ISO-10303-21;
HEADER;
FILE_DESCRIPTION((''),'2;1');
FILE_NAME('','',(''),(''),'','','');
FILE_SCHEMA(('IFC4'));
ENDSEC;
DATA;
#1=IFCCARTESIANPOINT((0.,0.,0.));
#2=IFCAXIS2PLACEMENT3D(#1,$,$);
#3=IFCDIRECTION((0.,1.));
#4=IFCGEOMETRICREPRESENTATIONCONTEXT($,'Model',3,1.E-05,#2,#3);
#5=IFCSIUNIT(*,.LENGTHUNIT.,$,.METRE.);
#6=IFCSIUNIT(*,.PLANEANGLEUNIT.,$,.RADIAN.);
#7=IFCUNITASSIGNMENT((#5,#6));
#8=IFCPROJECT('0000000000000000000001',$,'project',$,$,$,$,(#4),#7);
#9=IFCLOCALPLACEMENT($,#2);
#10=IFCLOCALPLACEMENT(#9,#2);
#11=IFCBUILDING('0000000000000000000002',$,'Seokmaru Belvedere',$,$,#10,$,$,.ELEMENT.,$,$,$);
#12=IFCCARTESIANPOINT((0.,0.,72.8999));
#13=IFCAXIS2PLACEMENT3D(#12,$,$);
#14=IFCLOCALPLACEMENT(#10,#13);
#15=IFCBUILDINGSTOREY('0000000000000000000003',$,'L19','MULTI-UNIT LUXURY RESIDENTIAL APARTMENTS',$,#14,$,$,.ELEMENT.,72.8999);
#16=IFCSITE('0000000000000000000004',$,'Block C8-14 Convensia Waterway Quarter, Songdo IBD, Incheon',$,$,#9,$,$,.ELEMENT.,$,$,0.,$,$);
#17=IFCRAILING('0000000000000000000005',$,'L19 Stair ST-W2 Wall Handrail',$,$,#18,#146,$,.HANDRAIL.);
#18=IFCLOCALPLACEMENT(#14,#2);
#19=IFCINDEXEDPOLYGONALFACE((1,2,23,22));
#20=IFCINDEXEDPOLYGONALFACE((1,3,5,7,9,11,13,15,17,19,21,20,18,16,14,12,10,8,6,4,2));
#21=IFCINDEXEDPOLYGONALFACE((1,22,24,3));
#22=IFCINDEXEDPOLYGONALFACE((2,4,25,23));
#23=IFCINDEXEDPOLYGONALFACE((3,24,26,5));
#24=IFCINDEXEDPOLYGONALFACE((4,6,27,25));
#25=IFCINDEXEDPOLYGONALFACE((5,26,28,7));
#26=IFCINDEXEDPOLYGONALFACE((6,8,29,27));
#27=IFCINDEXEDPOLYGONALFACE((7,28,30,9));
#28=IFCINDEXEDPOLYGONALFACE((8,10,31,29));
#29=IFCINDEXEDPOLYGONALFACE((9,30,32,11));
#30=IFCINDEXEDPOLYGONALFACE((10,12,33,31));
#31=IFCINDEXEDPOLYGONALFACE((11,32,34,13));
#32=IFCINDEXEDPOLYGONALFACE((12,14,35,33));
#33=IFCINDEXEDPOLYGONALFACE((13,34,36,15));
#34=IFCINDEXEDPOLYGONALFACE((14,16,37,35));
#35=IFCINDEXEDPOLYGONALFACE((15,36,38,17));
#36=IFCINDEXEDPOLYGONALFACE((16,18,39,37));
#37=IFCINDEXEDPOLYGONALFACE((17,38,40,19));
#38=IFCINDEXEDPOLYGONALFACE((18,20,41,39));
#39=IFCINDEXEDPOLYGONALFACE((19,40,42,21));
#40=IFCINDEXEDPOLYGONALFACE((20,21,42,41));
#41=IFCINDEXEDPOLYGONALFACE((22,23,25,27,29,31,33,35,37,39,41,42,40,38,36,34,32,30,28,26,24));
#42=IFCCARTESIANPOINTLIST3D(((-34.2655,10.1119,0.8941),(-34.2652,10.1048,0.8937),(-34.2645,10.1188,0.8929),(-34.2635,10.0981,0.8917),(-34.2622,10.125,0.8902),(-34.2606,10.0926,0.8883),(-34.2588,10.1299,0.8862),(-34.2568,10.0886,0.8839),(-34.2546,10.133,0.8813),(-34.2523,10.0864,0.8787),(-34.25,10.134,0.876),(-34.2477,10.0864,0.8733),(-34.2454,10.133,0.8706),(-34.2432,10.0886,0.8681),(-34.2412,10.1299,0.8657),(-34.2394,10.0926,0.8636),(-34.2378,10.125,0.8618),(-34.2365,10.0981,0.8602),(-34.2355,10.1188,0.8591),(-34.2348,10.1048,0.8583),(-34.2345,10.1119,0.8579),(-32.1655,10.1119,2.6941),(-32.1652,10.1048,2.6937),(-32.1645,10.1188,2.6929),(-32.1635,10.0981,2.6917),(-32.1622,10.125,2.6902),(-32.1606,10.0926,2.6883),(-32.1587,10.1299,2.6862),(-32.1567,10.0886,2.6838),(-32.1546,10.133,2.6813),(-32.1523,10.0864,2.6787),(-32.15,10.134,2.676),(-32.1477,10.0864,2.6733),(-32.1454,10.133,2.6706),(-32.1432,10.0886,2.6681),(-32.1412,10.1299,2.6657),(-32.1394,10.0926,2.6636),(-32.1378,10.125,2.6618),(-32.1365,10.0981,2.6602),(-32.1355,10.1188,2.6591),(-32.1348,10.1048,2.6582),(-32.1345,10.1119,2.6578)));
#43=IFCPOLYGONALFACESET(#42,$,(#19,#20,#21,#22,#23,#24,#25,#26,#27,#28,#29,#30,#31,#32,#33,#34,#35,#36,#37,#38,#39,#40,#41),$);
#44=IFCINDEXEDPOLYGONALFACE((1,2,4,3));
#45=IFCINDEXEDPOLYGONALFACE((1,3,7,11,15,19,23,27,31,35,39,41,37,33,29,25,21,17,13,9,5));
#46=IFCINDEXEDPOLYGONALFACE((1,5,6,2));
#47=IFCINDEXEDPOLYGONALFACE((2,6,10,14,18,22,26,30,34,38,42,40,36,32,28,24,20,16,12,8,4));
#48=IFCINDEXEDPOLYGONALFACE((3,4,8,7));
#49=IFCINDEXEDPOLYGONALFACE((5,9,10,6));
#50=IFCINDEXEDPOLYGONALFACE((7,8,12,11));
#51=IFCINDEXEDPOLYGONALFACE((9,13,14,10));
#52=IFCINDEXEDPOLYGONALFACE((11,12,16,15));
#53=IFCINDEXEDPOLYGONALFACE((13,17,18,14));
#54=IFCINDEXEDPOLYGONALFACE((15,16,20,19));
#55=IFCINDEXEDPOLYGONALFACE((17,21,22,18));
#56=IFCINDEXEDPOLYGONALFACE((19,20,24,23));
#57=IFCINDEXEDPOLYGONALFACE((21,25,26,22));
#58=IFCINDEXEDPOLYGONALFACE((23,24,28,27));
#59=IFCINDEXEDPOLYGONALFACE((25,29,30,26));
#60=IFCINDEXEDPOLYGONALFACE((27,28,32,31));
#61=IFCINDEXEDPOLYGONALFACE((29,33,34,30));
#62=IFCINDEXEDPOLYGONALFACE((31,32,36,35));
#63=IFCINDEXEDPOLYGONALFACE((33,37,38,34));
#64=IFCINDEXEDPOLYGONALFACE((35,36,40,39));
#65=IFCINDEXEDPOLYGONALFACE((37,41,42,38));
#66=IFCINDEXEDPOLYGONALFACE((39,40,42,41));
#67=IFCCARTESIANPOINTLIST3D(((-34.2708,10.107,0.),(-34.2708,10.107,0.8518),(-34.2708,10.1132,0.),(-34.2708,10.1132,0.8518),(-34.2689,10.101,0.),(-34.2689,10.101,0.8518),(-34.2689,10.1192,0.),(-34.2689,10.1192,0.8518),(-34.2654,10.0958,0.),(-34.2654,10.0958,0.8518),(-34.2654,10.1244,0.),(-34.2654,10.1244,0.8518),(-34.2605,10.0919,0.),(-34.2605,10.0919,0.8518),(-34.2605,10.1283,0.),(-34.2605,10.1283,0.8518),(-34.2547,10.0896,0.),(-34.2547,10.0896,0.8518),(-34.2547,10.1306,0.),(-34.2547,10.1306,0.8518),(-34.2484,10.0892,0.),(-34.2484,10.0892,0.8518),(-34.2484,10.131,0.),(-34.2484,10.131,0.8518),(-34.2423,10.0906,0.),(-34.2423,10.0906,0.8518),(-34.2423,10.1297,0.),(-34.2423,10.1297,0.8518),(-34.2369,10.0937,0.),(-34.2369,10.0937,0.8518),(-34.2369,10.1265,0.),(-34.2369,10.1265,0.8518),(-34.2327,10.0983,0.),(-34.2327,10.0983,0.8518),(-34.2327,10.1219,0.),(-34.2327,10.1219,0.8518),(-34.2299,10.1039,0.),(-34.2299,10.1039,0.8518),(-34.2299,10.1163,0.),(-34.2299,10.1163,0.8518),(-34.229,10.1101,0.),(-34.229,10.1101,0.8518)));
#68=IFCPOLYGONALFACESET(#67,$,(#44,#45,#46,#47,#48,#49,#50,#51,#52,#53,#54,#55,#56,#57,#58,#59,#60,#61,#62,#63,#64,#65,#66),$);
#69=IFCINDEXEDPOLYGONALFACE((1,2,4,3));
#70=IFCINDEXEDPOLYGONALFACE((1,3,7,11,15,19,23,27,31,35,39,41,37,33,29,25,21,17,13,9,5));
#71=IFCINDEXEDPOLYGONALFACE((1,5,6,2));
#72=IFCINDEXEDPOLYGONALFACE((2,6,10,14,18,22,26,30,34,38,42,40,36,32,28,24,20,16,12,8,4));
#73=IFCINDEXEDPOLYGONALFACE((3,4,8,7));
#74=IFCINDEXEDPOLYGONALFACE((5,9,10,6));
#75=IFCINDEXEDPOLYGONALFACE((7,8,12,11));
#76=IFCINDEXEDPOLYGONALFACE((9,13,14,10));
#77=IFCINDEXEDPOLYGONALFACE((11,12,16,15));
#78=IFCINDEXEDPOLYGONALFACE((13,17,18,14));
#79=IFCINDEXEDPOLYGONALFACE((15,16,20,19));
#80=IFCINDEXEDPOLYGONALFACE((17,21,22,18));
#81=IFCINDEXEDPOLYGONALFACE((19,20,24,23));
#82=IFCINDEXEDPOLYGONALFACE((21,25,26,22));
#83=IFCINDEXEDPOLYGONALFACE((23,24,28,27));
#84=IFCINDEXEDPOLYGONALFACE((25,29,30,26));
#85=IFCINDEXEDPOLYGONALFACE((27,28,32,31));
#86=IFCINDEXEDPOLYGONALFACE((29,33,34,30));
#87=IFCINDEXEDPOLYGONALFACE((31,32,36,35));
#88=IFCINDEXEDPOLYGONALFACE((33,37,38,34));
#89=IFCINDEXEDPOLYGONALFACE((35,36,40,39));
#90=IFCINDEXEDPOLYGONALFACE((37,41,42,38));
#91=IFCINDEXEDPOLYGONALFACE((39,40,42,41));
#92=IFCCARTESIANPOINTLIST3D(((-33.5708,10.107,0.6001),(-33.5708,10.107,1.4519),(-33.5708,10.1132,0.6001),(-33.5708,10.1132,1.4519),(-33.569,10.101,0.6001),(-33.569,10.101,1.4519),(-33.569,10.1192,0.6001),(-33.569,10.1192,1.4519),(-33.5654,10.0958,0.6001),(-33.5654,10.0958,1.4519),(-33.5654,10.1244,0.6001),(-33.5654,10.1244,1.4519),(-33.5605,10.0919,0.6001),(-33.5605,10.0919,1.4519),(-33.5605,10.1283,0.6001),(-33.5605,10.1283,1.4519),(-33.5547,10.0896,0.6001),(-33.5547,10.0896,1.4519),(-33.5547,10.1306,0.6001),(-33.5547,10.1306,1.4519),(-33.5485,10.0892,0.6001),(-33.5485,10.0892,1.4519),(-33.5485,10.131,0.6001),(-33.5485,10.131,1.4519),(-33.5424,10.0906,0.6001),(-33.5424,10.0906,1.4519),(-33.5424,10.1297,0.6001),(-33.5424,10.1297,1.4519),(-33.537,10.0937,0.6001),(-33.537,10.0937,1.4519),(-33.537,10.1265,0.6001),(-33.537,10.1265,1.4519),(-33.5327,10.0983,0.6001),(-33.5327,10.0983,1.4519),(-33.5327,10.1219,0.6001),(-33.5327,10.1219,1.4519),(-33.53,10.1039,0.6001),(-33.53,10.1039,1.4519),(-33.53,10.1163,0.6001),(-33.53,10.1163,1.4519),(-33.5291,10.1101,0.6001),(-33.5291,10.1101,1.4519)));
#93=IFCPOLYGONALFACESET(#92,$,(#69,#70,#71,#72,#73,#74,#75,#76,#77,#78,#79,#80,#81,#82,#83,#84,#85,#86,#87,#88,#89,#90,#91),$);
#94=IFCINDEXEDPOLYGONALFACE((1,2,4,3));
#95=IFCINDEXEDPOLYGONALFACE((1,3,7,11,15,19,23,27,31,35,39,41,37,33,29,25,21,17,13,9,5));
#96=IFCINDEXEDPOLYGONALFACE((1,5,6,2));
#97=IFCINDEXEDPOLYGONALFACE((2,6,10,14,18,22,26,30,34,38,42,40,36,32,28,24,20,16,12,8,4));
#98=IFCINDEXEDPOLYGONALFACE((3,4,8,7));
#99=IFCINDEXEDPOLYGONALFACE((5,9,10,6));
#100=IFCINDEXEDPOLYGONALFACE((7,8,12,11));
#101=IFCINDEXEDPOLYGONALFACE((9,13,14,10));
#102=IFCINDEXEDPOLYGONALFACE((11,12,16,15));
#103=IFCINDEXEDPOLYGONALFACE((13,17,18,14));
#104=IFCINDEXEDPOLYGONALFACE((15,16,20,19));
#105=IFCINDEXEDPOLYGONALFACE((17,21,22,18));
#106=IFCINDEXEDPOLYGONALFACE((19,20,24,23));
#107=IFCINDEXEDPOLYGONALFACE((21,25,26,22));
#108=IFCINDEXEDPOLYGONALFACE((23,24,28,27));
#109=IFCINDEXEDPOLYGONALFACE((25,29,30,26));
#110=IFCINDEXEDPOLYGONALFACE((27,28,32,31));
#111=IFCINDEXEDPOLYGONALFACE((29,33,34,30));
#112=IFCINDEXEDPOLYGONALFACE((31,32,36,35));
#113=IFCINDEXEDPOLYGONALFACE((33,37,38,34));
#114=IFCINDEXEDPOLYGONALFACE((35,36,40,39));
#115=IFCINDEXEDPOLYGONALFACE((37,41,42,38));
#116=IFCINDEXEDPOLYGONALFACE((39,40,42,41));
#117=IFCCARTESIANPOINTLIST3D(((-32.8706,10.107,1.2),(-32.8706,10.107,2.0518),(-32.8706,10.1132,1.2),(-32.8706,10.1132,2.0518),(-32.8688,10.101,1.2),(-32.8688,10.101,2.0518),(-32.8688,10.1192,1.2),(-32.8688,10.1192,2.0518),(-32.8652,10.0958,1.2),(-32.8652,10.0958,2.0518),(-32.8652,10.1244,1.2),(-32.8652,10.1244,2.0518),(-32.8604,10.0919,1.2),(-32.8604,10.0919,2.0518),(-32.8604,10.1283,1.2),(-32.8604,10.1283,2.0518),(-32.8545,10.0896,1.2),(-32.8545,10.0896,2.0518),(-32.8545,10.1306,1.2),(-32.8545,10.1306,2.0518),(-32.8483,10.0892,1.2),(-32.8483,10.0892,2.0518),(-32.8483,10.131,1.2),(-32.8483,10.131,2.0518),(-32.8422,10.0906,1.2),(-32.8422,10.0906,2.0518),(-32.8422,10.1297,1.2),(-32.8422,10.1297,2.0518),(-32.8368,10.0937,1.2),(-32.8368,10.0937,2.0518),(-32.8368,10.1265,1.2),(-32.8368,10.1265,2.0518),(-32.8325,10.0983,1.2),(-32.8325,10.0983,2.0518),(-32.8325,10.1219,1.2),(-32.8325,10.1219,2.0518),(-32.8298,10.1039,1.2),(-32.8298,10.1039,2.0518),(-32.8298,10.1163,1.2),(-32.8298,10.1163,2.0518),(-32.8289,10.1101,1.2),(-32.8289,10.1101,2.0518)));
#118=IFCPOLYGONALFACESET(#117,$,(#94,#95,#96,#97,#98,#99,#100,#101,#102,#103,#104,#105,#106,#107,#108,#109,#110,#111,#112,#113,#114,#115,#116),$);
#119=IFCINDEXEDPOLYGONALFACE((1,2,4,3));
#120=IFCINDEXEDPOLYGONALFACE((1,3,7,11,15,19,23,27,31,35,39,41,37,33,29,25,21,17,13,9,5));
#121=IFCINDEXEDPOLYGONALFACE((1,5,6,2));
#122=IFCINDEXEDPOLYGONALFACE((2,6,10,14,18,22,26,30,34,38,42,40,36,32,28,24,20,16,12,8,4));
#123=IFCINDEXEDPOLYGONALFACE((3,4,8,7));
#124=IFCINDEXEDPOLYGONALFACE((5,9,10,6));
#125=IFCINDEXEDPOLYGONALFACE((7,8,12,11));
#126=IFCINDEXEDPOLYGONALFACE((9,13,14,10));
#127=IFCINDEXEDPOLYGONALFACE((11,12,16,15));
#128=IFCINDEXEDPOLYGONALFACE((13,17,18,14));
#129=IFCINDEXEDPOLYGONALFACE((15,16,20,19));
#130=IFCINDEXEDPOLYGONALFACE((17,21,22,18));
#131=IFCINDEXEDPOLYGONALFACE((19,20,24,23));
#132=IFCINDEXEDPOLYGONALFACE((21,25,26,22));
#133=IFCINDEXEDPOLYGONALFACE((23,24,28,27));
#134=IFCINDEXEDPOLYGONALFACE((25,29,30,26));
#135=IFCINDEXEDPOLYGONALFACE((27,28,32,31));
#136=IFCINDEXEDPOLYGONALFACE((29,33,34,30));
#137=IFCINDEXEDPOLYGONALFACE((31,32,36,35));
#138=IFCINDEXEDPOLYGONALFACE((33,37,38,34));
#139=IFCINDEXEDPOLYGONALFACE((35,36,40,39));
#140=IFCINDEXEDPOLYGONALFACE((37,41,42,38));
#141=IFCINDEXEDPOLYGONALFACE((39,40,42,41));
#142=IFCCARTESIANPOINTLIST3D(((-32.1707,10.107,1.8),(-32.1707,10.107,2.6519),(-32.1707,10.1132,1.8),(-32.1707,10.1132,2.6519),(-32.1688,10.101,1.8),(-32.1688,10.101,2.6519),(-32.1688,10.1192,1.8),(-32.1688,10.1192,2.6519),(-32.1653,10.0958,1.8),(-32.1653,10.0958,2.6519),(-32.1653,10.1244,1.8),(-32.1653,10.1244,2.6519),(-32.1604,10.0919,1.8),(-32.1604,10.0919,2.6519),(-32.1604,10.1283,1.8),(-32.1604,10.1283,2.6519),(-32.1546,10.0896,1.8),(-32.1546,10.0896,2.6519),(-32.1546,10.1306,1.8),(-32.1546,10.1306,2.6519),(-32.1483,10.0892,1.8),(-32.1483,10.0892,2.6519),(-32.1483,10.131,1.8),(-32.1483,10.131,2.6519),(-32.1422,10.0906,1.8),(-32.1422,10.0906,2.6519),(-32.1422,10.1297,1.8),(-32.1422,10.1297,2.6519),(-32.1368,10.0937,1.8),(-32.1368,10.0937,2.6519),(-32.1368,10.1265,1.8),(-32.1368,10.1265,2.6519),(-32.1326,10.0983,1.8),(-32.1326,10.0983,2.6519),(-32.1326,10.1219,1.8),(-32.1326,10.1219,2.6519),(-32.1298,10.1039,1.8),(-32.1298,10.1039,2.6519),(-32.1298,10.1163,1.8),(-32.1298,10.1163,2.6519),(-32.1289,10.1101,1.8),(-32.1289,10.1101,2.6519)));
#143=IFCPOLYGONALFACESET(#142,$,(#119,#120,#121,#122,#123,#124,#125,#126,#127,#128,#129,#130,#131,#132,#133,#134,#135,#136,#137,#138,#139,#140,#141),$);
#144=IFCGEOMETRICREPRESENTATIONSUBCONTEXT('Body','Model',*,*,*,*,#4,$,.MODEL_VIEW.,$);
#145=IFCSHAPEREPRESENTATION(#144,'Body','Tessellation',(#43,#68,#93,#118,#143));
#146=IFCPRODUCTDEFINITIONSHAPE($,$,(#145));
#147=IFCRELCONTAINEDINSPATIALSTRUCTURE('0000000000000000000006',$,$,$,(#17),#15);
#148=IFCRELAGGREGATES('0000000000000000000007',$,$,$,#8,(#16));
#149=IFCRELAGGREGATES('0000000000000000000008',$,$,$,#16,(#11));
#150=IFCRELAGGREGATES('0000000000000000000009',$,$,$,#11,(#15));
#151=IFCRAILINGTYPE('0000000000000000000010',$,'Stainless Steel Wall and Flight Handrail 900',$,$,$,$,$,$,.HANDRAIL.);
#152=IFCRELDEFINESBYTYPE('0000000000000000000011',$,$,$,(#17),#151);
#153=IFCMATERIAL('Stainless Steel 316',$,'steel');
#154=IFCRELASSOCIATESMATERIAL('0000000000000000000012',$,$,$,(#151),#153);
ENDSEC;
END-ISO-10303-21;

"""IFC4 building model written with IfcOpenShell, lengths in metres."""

from ifc_helpers import new_model, si_unit, direction, frame, origin, origin_2d, place, context, subcontext, project, spatial, circle, extrude, material, type_object, element, save


model = new_model("IFC4")

# Units and contexts
model_context = context("Model", 3, precision=1e-05, world=origin(), true_north=direction((0.0, 1.0)))
body_context = subcontext(model_context, "Body", "Model", "MODEL_VIEW")
ifc_project = project(units=[si_unit("LENGTHUNIT", "METRE"), si_unit("PLANEANGLEUNIT", "RADIAN")], contexts=[model_context])

# Site, building, storey
site_placement = place(None, origin())
site = spatial("IfcSite", under=ifc_project, at=site_placement, Name="Block C8-14 Convensia Waterway Quarter, Songdo IBD, Incheon", CompositionType="ELEMENT", RefElevation=0.0)
building_placement = place(site_placement, origin())
building = spatial("IfcBuilding", under=site, at=building_placement, Name="Seokmaru Belvedere", CompositionType="ELEMENT")
storey_placement = place(building_placement, frame((0.0, 0.0, 72.8999)))
storey = spatial("IfcBuildingStorey", under=building, at=storey_placement, Name="L19", Description="MULTI-UNIT LUXURY RESIDENTIAL APARTMENTS", CompositionType="ELEMENT", Elevation=72.8999)

# Railing
ifc_material_1 = material(Name="Stainless Steel 316", Category="steel")
railing_type_1 = type_object("IfcRailingType", Name="Stainless Steel Wall and Flight Handrail 900", PredefinedType="HANDRAIL", material=ifc_material_1)
railing_1_placement = place(storey_placement, frame((-34.25, 10.1101, 0.0)))
element("IfcRailing", 1, at=railing_1_placement, inside=storey, type_object=railing_type_1, Name="L19 Stair ST-W2 Wall Handrail", PredefinedType="HANDRAIL", context=body_context, shape_type="SweptSolid", body=[
    extrude(circle(Radius=0.0239, at=origin_2d()), frame((0.0, 0.0, 0.876), z_axis=(0.759263, 0.0, 0.650784), x_axis=(0.0, 1.0, 0.0)), (0.0, 0.0, 1.0), 2.7659),
    extrude(circle(Radius=0.021, at=origin_2d()), origin(), (0.0, 0.0, 1.0), 0.8518),
    extrude(circle(Radius=0.021, at=origin_2d()), frame((0.7, 0.0, 0.6001)), (0.0, 0.0, 1.0), 0.8518),
    extrude(circle(Radius=0.021, at=origin_2d()), frame((1.4001, 0.0, 1.2)), (0.0, 0.0, 1.0), 0.8518),
    extrude(circle(Radius=0.021, at=origin_2d()), frame((2.1001, 0.0, 1.8)), (0.0, 0.0, 1.0), 0.8518),
])

save(model, "model.ifc")
